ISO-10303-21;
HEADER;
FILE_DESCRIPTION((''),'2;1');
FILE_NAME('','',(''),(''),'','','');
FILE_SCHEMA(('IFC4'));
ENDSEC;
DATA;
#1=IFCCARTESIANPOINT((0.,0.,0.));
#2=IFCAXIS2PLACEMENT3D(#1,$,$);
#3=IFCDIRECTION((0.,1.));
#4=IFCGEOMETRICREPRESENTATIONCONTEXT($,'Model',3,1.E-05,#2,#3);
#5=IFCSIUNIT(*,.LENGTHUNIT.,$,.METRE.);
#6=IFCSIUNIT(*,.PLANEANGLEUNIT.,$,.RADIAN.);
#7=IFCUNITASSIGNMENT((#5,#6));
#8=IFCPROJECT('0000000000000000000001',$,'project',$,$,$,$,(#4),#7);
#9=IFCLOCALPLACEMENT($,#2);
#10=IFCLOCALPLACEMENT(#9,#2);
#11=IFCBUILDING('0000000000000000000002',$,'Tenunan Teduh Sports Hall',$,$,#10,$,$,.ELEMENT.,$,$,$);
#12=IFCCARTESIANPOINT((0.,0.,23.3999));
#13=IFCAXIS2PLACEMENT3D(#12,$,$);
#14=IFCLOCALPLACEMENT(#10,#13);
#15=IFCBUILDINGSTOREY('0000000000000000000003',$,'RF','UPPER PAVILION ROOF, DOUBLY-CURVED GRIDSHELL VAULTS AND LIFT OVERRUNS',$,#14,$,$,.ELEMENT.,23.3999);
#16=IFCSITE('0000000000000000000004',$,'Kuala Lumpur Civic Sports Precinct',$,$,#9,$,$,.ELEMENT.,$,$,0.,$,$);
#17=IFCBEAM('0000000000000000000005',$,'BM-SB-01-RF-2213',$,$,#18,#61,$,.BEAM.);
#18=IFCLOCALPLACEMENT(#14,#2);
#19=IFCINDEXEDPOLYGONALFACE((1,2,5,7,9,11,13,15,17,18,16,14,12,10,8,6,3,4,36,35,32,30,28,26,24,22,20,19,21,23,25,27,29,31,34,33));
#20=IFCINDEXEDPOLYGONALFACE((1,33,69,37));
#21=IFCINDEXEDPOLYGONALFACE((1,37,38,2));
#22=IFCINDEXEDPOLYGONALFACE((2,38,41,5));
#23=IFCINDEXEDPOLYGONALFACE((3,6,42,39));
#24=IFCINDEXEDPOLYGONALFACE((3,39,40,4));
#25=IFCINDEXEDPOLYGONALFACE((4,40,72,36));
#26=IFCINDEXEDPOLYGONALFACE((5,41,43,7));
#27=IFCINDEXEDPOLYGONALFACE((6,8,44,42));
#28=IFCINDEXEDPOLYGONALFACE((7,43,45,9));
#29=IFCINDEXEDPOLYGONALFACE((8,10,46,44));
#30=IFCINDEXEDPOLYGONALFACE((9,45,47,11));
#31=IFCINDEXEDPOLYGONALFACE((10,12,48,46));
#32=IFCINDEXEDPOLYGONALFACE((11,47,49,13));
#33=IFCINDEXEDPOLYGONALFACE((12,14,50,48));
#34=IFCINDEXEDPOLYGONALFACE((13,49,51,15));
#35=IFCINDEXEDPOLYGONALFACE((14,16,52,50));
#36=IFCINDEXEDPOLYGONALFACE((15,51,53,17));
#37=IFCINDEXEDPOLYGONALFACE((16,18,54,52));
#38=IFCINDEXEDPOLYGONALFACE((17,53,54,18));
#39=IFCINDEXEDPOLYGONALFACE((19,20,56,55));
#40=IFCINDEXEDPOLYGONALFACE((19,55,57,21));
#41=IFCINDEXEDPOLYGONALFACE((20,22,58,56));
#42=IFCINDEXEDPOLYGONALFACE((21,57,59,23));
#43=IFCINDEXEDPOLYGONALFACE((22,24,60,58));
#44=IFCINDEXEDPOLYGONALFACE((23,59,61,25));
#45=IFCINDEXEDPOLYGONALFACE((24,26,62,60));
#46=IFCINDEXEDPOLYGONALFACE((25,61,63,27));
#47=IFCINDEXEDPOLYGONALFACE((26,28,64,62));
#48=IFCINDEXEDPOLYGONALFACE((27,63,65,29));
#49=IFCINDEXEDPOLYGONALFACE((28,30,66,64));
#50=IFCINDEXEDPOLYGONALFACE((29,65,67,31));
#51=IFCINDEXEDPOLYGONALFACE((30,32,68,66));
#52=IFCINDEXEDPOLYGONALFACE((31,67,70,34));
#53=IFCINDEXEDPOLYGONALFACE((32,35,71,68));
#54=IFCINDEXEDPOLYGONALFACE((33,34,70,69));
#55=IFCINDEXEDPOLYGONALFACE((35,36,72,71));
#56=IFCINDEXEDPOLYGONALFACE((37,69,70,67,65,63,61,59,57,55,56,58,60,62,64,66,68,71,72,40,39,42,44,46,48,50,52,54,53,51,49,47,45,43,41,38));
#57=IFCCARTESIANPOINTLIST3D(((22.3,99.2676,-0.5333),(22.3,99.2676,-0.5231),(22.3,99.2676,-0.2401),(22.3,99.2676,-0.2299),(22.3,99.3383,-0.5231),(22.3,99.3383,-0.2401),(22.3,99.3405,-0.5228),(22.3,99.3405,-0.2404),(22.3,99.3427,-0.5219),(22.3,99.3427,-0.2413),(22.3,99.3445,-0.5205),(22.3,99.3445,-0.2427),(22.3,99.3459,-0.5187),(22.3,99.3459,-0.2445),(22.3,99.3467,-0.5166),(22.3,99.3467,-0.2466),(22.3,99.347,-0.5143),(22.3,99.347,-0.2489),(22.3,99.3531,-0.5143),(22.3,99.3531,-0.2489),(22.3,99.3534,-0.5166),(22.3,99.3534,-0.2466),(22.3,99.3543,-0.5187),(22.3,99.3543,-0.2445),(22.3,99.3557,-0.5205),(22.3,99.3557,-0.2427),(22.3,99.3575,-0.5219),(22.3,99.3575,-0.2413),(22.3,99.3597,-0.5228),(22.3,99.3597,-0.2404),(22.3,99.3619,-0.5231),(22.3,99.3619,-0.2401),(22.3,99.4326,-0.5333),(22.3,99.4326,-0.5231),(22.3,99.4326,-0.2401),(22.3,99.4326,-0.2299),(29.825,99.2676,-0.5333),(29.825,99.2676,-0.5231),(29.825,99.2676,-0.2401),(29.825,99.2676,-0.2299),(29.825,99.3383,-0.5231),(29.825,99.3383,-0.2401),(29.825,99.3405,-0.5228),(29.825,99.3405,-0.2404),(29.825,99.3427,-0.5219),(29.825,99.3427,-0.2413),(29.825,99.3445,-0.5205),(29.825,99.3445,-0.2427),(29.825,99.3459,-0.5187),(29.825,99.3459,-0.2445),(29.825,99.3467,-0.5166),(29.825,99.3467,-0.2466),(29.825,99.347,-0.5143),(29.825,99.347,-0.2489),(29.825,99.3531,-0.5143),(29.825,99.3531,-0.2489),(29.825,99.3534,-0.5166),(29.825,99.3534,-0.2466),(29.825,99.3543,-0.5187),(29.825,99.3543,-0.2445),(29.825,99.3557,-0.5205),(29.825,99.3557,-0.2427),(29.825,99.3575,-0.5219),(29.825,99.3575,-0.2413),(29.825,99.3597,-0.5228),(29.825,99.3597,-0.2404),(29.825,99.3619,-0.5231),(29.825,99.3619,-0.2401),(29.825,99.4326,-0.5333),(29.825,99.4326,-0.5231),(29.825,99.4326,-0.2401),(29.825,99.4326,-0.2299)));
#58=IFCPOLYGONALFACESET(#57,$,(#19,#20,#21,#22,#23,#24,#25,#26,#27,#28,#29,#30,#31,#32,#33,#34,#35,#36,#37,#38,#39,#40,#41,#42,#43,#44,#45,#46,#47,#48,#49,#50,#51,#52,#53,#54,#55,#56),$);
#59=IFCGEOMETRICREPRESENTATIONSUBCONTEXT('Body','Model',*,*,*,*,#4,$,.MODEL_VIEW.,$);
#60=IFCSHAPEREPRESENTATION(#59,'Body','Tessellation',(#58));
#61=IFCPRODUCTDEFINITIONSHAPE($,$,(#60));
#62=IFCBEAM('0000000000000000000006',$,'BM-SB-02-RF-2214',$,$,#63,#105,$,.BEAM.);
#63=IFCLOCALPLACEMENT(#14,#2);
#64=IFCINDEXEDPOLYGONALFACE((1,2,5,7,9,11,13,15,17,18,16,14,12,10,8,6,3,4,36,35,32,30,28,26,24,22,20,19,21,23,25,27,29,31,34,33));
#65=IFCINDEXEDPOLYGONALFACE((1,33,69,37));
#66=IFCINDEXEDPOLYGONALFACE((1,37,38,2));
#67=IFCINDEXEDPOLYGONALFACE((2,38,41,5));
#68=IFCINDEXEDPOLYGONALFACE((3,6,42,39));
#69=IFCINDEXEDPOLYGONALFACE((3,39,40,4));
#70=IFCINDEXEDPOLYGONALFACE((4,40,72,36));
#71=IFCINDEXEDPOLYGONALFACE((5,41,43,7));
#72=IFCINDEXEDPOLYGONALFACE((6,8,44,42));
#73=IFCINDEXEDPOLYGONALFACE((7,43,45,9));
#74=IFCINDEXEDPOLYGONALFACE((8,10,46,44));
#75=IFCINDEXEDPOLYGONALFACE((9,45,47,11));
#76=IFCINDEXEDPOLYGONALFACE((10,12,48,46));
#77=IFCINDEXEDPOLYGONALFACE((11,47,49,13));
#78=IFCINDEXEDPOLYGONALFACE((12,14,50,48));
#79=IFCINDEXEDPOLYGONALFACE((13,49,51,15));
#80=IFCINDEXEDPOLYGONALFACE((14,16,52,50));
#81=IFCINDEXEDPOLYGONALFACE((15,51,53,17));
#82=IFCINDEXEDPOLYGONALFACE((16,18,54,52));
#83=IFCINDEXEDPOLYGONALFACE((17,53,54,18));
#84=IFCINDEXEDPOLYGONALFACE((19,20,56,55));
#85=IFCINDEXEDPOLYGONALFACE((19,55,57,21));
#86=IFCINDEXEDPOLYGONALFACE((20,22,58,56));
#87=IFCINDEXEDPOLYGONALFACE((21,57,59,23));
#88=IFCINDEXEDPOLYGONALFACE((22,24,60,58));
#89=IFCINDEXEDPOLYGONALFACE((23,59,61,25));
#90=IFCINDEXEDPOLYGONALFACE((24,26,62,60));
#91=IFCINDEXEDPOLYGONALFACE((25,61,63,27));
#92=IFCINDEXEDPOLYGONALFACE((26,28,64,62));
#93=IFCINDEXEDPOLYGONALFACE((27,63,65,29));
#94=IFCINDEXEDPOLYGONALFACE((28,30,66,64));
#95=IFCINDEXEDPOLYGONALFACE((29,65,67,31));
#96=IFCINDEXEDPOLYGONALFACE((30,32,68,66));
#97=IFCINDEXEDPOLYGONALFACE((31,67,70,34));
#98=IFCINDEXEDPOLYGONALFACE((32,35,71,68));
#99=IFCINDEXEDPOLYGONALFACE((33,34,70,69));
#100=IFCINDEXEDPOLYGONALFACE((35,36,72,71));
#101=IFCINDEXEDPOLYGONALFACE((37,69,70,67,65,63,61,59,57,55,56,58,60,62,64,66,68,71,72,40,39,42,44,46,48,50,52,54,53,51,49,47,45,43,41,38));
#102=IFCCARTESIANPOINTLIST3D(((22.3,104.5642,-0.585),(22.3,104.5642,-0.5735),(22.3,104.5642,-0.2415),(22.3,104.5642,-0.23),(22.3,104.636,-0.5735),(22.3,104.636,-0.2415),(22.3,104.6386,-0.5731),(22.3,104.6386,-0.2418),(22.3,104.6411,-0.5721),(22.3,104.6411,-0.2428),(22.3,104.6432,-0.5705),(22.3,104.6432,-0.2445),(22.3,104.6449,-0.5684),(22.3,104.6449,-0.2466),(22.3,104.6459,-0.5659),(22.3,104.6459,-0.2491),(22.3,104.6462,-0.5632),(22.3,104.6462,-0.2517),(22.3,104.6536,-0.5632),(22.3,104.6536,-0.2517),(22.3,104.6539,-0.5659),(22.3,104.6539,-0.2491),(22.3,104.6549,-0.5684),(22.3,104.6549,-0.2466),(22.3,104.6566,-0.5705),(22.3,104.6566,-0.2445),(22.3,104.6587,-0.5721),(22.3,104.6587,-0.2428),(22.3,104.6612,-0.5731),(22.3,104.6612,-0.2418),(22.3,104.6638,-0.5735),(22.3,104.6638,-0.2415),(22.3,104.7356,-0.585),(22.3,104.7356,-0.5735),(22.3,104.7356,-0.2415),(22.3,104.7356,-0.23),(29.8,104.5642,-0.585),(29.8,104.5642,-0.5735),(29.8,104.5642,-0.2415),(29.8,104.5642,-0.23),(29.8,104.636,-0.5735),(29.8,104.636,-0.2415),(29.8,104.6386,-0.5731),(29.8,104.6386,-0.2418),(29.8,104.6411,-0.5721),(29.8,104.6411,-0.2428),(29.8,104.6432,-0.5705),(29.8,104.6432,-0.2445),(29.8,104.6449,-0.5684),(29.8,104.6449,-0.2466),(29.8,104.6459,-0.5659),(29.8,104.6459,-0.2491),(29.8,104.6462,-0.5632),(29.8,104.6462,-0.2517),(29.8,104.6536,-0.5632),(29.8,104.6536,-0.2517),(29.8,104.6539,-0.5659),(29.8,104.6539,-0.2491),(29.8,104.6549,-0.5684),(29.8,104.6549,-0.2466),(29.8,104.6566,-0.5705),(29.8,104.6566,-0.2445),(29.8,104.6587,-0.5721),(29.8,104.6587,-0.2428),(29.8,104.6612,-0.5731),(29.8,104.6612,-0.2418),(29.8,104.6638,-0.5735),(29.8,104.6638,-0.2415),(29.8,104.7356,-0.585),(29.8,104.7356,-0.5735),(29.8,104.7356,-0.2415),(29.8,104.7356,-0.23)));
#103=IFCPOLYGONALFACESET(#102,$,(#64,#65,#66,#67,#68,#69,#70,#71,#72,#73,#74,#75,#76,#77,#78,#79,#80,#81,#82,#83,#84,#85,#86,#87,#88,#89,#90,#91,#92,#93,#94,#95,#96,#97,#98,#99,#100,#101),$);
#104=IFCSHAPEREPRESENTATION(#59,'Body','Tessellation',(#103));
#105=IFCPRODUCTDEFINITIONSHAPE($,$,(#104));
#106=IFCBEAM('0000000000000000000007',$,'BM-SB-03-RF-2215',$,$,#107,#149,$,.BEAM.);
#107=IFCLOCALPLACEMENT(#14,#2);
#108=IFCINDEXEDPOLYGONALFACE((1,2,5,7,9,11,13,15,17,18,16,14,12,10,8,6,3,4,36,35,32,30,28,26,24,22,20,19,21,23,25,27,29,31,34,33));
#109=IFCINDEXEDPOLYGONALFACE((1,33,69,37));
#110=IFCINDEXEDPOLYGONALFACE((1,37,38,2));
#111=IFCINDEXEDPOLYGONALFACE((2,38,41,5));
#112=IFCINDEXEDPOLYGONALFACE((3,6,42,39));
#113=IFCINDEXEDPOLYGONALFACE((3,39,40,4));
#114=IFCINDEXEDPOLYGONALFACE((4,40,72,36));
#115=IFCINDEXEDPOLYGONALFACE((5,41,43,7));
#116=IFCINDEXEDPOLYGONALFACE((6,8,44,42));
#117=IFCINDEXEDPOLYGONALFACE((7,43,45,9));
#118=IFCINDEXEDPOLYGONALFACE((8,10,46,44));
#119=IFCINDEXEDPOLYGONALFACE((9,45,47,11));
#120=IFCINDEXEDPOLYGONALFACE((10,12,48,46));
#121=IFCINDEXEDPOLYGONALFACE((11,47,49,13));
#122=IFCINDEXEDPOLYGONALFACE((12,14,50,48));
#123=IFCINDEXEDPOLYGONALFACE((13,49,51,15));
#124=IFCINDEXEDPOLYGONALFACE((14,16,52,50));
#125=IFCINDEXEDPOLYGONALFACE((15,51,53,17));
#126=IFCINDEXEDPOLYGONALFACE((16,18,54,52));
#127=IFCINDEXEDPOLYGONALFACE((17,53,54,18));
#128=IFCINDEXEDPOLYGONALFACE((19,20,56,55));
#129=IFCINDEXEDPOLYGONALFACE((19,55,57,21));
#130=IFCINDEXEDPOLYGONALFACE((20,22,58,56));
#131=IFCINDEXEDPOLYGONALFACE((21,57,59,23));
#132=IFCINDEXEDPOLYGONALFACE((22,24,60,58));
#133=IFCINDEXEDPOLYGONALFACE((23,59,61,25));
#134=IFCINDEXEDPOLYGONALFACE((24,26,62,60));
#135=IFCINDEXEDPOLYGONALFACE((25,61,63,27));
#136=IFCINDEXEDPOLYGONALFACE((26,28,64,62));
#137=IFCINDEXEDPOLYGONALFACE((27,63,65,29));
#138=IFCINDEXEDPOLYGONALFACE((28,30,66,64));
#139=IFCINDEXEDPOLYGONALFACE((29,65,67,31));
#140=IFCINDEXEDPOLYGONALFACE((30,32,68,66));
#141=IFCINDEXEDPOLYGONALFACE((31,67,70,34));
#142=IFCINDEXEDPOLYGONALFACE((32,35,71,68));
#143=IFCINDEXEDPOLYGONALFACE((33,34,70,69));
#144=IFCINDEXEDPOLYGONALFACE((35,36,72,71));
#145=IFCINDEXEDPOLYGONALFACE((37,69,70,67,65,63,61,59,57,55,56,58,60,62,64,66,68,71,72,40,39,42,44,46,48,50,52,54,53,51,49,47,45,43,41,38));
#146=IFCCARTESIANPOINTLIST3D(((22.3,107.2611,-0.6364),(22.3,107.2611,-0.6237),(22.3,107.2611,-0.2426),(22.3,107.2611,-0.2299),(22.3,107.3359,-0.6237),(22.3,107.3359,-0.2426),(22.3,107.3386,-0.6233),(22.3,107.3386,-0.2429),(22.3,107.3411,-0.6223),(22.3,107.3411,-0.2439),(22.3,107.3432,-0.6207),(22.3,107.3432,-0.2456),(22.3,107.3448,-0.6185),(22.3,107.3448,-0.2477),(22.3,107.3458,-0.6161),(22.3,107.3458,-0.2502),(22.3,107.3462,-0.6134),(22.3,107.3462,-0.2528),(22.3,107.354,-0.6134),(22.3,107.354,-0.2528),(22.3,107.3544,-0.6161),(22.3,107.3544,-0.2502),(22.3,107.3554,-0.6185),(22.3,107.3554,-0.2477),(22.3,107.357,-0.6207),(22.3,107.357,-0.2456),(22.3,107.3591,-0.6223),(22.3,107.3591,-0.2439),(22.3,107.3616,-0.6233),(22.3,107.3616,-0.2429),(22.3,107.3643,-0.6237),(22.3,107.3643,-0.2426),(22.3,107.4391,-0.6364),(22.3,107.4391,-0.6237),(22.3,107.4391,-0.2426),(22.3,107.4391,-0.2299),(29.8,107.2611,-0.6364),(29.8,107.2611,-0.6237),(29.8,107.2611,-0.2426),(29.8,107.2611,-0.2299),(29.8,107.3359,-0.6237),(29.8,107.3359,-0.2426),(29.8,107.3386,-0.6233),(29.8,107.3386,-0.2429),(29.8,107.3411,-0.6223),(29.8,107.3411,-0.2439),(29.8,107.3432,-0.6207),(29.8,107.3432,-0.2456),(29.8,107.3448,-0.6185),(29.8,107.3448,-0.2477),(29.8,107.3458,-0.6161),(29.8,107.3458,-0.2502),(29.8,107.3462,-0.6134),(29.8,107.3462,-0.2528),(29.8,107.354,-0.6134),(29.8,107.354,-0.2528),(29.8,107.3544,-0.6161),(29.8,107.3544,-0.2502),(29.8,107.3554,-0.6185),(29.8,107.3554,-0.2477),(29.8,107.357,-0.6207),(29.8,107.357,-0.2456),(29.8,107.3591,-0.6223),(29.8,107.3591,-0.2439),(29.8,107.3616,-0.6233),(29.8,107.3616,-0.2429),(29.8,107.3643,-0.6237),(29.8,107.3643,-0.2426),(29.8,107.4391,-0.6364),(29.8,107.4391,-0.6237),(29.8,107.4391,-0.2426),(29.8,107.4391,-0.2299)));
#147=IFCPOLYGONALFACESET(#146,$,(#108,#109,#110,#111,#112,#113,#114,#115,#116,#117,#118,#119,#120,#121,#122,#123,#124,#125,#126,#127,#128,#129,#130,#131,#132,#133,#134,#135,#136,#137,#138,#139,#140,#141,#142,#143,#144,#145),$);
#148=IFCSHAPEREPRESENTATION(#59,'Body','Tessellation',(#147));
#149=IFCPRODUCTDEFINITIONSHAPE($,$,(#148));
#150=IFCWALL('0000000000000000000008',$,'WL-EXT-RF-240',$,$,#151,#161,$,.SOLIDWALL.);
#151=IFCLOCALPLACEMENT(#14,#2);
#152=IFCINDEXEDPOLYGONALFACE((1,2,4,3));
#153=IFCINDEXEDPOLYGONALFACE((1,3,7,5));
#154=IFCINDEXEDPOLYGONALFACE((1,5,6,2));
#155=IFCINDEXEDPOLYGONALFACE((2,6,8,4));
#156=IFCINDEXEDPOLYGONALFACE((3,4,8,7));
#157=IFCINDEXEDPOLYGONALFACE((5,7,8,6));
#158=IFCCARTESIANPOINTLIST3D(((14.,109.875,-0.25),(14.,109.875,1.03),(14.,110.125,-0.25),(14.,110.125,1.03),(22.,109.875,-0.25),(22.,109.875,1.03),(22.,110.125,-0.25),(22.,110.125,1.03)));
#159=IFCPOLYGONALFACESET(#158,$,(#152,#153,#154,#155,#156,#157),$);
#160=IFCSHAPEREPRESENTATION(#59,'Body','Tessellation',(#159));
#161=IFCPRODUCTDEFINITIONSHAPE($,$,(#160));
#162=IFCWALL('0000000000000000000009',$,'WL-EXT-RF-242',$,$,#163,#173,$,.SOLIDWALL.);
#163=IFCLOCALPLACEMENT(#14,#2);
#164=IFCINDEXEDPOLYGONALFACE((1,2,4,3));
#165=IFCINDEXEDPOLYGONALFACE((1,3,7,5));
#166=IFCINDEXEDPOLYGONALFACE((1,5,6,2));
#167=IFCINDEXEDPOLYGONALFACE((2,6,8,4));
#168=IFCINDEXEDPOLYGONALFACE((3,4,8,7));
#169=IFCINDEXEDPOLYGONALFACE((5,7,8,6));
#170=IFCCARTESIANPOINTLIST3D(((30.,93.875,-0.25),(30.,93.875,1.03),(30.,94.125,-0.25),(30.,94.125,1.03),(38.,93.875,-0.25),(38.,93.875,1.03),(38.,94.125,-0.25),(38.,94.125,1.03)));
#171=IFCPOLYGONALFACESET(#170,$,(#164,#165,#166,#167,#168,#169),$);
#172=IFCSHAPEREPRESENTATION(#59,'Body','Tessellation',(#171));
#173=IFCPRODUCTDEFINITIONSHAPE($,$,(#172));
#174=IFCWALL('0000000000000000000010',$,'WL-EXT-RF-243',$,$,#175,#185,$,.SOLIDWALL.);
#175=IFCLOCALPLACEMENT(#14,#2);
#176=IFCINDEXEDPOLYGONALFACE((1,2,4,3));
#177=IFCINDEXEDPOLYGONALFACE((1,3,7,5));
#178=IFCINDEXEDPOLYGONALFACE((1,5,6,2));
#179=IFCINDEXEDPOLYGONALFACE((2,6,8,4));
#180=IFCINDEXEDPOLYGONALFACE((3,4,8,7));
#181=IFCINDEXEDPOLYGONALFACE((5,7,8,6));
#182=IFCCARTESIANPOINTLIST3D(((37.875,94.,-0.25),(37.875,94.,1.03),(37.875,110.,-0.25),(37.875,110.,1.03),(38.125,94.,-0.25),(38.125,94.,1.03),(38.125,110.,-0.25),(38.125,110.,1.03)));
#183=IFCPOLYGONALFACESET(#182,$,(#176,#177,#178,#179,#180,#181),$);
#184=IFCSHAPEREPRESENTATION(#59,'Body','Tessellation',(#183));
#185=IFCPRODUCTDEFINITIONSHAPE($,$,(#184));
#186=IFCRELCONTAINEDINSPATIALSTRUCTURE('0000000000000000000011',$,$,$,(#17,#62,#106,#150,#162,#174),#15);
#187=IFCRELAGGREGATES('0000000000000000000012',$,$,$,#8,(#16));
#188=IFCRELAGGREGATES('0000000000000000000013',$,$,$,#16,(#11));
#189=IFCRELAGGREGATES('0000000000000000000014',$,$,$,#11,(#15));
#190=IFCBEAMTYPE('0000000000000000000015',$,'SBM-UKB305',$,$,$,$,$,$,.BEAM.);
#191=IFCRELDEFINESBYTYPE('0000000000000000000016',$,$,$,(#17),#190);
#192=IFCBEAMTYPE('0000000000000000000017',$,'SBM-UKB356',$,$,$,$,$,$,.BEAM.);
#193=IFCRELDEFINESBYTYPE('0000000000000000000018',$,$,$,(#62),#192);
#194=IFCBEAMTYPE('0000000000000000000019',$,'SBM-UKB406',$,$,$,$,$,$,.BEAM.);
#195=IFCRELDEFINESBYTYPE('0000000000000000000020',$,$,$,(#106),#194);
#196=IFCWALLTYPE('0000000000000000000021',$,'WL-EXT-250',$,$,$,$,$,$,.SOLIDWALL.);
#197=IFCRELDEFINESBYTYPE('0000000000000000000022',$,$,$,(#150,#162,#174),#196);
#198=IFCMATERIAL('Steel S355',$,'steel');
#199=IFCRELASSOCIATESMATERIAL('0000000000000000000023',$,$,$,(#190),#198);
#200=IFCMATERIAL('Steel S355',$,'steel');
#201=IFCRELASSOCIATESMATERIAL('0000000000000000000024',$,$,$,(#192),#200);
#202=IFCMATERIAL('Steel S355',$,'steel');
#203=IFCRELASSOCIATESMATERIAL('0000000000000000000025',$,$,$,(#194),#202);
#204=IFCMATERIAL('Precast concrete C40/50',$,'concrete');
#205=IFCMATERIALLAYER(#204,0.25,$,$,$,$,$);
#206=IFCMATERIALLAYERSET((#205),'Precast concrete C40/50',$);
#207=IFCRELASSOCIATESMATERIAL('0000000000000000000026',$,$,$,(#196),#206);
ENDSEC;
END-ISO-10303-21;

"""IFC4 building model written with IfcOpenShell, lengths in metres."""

from ifc_helpers import new_model, si_unit, direction, frame, frame_2d, origin, origin_2d, place, context, subcontext, project, spatial, rectangle, i_section, extrude, material, layer, layer_set, material_profile, profile_set, type_object, element, save


model = new_model("IFC4")

# Units and contexts
model_context = context("Model", 3, precision=1e-05, world=origin(), true_north=direction((0.0, 1.0)))
body_context = subcontext(model_context, "Body", "Model", "MODEL_VIEW")
ifc_project = project(units=[si_unit("LENGTHUNIT", "METRE"), si_unit("PLANEANGLEUNIT", "RADIAN")], contexts=[model_context])

# Site, building, storey
site_placement = place(None, origin())
site = spatial("IfcSite", under=ifc_project, at=site_placement, Name="Kuala Lumpur Civic Sports Precinct", CompositionType="ELEMENT", RefElevation=0.0)
building_placement = place(site_placement, origin())
building = spatial("IfcBuilding", under=site, at=building_placement, Name="Tenunan Teduh Sports Hall", CompositionType="ELEMENT")
storey_placement = place(building_placement, frame((0.0, 0.0, 23.3999)))
storey = spatial("IfcBuildingStorey", under=building, at=storey_placement, Name="RF", Description="UPPER PAVILION ROOF, DOUBLY-CURVED GRIDSHELL VAULTS AND LIFT OVERRUNS", CompositionType="ELEMENT", Elevation=23.3999)

# Beams
ifc_material_1 = material(Name="Steel S355", Category="steel")
ifc_material_profile_1 = material_profile(ifc_material_1, i_section(OverallWidth=0.165, OverallDepth=0.3035, WebThickness=0.0061, FlangeThickness=0.0103, FilletRadius=0.0088, at=origin_2d()), Name="UKB 305x165x40")
ifc_profile_set_1 = profile_set([ifc_material_profile_1], Name="Steel S355")
beam_type_1 = type_object("IfcBeamType", Name="SBM-UKB305", PredefinedType="BEAM", material=ifc_profile_set_1)
beam_1_placement = place(storey_placement, frame((22.3, 99.3501, -0.3816), z_axis=(1.0, 0.0, 0.0), x_axis=(0.0, 1.0, 0.0)))
element("IfcBeam", 1, at=beam_1_placement, inside=storey, type_object=beam_type_1, Name="BM-SB-01-RF-2213", PredefinedType="BEAM", context=body_context, shape_type="SweptSolid", body=[
    extrude(i_section(OverallWidth=0.165, OverallDepth=0.3035, WebThickness=0.0061, FlangeThickness=0.0103, FilletRadius=0.0088, at=origin_2d()), origin(), (0.0, 0.0, 1.0), 7.5249),
])
ifc_material_2 = material(Name="Steel S355", Category="steel")
ifc_material_profile_2 = material_profile(ifc_material_2, i_section(OverallWidth=0.1714, OverallDepth=0.355, WebThickness=0.0073, FlangeThickness=0.0115, FilletRadius=0.0103, at=origin_2d()), Name="UKB 356x171x51")
ifc_profile_set_2 = profile_set([ifc_material_profile_2], Name="Steel S355")
beam_type_2 = type_object("IfcBeamType", Name="SBM-UKB356", PredefinedType="BEAM", material=ifc_profile_set_2)
beam_2_placement = place(storey_placement, frame((22.3, 104.6499, -0.4075), z_axis=(1.0, 0.0, 0.0), x_axis=(0.0, 1.0, 0.0)))
element("IfcBeam", 2, at=beam_2_placement, inside=storey, type_object=beam_type_2, Name="BM-SB-02-RF-2214", PredefinedType="BEAM", context=body_context, shape_type="SweptSolid", body=[
    extrude(i_section(OverallWidth=0.1714, OverallDepth=0.355, WebThickness=0.0073, FlangeThickness=0.0115, FilletRadius=0.0103, at=origin_2d()), origin(), (0.0, 0.0, 1.0), 7.5),
])
ifc_material_3 = material(Name="Steel S355", Category="steel")
ifc_material_profile_3 = material_profile(ifc_material_3, i_section(OverallWidth=0.178, OverallDepth=0.4065, WebThickness=0.0078, FlangeThickness=0.0127, FilletRadius=0.0103, at=origin_2d()), Name="UKB 406x178x60")
ifc_profile_set_3 = profile_set([ifc_material_profile_3], Name="Steel S355")
beam_type_3 = type_object("IfcBeamType", Name="SBM-UKB406", PredefinedType="BEAM", material=ifc_profile_set_3)
beam_3_placement = place(storey_placement, frame((22.3, 107.3501, -0.4331), z_axis=(1.0, 0.0, 0.0), x_axis=(0.0, 1.0, 0.0)))
element("IfcBeam", 3, at=beam_3_placement, inside=storey, type_object=beam_type_3, Name="BM-SB-03-RF-2215", PredefinedType="BEAM", context=body_context, shape_type="SweptSolid", body=[
    extrude(i_section(OverallWidth=0.178, OverallDepth=0.4065, WebThickness=0.0078, FlangeThickness=0.0127, FilletRadius=0.0103, at=origin_2d()), origin(), (0.0, 0.0, 1.0), 7.5),
])

# Walls
ifc_material_4 = material(Name="Precast concrete C40/50", Category="concrete")
ifc_layer = layer(ifc_material_4, 0.25)
ifc_layer_set = layer_set([ifc_layer], Name="Precast concrete C40/50")
wall_type = type_object("IfcWallType", Name="WL-EXT-250", PredefinedType="SOLIDWALL", material=ifc_layer_set)
for number, where, z_axis, x_axis, name in (
    (4, (22.0, 110.0, -0.25), (0.0, 0.0, 1.0), (-1.0, 0.0, 0.0), "WL-EXT-RF-240"),
    (5, (30.0, 94.0, -0.25), (0.0, 0.0, 1.0), (1.0, 0.0, 0.0), "WL-EXT-RF-242"),
):
    element("IfcWall", number, at=place(storey_placement, frame(where, z_axis=z_axis, x_axis=x_axis)), inside=storey, type_object=wall_type, Name=name, PredefinedType="SOLIDWALL", context=body_context, shape_type="SweptSolid", body=[
        extrude(rectangle(XDim=8.0, YDim=0.25, at=frame_2d((4.0, 0.0))), origin(), (0.0, 0.0, 1.0), 1.28),
    ])
wall_1_placement = place(storey_placement, frame((38.0, 94.0, -0.25), z_axis=(0.0, 0.0, 1.0), x_axis=(0.0, 1.0, 0.0)))
element("IfcWall", 6, at=wall_1_placement, inside=storey, type_object=wall_type, Name="WL-EXT-RF-243", PredefinedType="SOLIDWALL", context=body_context, shape_type="SweptSolid", body=[
    extrude(rectangle(XDim=16.0, YDim=0.25, at=frame_2d((8.0, 0.0))), origin(), (0.0, 0.0, 1.0), 1.28),
])

save(model, "model.ifc")
